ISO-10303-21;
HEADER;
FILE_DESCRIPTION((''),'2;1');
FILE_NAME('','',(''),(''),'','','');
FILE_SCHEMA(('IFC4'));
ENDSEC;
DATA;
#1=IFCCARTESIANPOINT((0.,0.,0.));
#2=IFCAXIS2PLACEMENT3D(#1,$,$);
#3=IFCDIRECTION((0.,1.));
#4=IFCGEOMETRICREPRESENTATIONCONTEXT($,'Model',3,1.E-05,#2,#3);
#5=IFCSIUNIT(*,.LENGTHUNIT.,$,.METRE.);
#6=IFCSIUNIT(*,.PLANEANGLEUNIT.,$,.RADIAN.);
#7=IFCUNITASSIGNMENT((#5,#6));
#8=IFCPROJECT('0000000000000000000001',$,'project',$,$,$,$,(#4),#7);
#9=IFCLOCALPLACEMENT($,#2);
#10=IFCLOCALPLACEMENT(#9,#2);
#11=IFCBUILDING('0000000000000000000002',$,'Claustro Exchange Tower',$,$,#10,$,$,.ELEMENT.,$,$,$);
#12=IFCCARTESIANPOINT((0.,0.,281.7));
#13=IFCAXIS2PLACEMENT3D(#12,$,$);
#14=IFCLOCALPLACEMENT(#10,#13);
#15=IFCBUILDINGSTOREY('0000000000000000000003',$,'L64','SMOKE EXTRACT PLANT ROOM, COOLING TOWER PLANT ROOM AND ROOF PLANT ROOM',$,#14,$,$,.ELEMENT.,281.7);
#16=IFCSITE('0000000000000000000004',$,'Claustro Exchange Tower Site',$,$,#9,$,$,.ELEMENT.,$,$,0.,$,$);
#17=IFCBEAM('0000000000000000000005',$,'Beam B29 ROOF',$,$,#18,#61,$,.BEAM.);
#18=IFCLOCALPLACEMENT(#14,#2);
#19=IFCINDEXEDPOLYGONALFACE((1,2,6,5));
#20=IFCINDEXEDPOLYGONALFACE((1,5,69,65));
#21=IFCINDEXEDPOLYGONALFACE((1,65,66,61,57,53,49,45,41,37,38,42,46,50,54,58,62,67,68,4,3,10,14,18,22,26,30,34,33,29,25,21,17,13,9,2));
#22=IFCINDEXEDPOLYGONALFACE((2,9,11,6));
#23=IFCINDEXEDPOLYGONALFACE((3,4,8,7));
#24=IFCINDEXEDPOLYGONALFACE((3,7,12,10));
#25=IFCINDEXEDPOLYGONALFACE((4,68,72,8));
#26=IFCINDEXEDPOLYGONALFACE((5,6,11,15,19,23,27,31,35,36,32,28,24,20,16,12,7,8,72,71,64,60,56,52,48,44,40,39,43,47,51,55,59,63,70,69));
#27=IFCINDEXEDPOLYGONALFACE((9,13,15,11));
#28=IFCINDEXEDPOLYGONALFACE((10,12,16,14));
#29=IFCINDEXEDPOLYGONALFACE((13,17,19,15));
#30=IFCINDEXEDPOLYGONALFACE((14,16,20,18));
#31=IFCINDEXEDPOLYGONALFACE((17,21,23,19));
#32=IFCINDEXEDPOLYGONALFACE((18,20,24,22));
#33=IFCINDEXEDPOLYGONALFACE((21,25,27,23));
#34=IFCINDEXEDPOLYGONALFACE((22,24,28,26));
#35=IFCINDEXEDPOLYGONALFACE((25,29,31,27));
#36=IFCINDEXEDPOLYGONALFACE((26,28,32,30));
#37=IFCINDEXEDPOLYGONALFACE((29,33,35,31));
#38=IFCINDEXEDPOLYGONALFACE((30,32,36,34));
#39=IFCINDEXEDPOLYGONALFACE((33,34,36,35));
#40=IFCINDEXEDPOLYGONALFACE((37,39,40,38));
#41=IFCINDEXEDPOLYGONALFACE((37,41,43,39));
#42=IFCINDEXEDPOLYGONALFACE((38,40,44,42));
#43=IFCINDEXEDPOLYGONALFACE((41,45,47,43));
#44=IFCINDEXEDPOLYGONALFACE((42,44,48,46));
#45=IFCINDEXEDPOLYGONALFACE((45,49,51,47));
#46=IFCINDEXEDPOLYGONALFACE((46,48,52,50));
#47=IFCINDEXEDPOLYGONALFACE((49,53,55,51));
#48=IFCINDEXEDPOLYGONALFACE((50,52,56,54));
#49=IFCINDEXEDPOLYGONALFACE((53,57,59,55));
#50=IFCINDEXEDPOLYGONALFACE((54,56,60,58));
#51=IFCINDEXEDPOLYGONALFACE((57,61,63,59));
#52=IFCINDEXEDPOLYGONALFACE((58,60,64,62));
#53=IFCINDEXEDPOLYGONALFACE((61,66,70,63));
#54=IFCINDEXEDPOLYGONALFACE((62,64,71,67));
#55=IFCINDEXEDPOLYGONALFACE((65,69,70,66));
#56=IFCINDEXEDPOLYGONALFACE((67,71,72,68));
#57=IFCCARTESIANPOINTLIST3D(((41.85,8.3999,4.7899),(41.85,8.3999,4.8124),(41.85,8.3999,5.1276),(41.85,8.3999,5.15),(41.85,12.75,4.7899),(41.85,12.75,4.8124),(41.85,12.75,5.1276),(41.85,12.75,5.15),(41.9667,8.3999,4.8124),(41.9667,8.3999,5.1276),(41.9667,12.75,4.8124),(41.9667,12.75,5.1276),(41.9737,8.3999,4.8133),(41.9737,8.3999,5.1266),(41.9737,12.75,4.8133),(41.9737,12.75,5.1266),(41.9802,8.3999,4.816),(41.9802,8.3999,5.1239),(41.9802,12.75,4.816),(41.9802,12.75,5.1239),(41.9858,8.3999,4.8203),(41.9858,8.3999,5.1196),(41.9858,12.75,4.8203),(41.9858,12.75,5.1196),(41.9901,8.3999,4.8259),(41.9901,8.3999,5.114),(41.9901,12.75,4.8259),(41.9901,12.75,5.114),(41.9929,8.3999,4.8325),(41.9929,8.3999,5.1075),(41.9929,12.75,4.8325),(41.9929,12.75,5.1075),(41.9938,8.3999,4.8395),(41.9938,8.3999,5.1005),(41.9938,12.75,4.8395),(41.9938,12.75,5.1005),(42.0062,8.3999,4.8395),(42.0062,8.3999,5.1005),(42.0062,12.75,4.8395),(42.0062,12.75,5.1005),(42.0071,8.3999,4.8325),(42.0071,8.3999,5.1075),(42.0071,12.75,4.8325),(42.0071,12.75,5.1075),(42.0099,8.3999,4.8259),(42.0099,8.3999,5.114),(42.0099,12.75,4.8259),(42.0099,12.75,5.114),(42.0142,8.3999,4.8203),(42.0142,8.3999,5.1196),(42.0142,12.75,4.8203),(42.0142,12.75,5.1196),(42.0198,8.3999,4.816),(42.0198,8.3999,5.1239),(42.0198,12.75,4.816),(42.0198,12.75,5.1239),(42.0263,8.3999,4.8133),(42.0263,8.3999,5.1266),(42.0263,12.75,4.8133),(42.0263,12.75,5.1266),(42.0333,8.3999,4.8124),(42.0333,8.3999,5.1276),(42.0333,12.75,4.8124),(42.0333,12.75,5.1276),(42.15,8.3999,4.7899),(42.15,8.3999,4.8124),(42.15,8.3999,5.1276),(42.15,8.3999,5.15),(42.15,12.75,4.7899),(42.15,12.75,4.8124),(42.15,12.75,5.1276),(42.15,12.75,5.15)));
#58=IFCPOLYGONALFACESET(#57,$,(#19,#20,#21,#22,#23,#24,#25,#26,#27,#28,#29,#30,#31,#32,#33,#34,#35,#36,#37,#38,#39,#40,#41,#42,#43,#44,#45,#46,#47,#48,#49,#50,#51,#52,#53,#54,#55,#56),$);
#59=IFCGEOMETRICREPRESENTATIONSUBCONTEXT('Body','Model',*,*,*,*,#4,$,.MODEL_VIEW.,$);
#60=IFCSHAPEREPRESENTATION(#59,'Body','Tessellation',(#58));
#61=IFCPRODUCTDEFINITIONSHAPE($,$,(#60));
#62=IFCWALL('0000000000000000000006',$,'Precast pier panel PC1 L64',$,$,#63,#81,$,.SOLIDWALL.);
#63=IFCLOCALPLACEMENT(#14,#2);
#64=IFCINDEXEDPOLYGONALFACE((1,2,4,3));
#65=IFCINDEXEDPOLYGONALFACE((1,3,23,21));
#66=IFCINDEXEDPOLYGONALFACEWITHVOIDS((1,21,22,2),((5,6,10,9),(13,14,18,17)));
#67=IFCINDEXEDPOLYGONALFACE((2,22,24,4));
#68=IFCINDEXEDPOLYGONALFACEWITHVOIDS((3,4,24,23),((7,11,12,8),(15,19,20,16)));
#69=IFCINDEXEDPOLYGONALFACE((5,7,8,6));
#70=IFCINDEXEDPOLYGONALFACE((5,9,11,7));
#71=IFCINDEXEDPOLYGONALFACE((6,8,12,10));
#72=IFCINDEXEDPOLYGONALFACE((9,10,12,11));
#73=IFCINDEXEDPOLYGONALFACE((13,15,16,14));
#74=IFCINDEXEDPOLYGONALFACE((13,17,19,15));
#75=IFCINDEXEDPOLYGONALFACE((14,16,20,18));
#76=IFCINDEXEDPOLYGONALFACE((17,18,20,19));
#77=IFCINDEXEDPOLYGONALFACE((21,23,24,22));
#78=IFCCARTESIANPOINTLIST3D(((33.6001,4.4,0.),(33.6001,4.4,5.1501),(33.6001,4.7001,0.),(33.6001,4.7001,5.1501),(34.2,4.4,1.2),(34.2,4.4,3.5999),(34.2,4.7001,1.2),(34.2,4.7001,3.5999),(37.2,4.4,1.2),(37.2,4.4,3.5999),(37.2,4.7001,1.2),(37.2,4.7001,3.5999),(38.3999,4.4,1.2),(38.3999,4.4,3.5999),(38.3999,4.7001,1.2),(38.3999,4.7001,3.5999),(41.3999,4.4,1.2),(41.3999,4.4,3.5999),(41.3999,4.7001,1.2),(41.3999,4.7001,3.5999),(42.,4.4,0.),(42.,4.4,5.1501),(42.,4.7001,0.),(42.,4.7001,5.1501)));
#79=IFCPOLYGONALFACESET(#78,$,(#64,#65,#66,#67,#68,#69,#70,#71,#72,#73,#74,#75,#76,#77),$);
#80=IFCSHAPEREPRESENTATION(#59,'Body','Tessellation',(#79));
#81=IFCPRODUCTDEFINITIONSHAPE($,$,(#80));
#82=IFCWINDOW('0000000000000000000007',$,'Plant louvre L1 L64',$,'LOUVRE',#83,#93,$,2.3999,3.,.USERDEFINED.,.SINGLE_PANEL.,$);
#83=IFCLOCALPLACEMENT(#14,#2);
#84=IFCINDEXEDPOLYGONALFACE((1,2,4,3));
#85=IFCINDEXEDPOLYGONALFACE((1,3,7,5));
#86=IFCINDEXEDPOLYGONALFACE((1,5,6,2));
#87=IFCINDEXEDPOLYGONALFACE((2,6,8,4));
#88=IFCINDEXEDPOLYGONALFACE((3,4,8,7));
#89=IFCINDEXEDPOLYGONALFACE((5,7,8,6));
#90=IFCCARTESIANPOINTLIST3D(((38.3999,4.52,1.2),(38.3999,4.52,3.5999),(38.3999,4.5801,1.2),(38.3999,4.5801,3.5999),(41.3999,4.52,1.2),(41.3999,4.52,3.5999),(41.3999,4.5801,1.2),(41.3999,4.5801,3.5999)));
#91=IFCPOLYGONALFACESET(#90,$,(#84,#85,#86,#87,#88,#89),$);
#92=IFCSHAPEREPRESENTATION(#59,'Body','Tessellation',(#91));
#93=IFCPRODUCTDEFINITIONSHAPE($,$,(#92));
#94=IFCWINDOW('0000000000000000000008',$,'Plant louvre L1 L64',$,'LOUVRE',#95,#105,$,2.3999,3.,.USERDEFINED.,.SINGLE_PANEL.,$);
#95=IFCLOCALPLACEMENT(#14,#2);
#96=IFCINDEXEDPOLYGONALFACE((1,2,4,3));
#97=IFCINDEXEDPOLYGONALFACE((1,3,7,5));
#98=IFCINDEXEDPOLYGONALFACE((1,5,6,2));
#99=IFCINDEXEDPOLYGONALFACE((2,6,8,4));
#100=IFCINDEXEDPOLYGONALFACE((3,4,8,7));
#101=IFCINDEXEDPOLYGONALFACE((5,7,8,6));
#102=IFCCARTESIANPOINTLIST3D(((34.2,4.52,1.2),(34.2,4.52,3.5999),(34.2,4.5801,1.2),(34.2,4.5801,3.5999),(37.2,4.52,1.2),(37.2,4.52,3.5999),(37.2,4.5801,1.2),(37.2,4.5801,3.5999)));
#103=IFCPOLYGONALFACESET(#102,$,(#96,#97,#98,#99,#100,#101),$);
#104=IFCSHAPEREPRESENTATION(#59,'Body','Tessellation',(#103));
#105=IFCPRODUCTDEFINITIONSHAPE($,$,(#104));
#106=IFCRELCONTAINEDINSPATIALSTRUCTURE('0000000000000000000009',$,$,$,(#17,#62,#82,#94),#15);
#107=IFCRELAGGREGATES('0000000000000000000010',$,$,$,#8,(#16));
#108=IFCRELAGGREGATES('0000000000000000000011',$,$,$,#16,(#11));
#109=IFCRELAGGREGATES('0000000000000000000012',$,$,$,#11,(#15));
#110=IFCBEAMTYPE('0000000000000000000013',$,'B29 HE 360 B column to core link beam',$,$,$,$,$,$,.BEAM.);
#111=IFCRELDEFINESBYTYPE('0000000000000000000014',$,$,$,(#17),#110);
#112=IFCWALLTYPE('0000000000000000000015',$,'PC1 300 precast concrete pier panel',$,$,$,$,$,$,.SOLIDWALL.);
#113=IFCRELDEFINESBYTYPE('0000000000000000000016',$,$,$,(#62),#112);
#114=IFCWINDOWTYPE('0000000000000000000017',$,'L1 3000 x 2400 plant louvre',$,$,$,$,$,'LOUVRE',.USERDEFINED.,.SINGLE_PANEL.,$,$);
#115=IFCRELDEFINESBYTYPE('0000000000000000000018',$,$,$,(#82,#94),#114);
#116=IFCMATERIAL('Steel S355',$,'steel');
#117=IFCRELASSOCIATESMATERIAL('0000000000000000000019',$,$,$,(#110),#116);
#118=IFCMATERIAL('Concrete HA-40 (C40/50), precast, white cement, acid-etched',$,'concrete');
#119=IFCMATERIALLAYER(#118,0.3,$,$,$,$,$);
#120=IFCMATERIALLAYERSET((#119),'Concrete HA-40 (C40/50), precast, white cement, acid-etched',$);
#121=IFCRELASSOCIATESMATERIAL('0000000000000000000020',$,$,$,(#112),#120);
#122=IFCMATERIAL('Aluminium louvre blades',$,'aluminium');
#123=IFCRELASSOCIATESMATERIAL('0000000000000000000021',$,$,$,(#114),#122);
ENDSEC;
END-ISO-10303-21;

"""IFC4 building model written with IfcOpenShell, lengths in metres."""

from ifc_helpers import new_model, si_unit, direction, frame, frame_2d, origin, origin_2d, place, context, subcontext, project, spatial, rectangle, i_section, extrude, material, layer, layer_set, material_profile, profile_set, type_object, element, fill, save


model = new_model("IFC4")

# Units and contexts
model_context = context("Model", 3, precision=1e-05, world=origin(), true_north=direction((0.0, 1.0)))
body_context = subcontext(model_context, "Body", "Model", "MODEL_VIEW")
ifc_project = project(units=[si_unit("LENGTHUNIT", "METRE"), si_unit("PLANEANGLEUNIT", "RADIAN")], contexts=[model_context])

# Site, building, storey
site_placement = place(None, origin())
site = spatial("IfcSite", under=ifc_project, at=site_placement, Name="Claustro Exchange Tower Site", CompositionType="ELEMENT", RefElevation=0.0)
building_placement = place(site_placement, origin())
building = spatial("IfcBuilding", under=site, at=building_placement, Name="Claustro Exchange Tower", CompositionType="ELEMENT")
storey_placement = place(building_placement, frame((0.0, 0.0, 281.7)))
storey = spatial("IfcBuildingStorey", under=building, at=storey_placement, Name="L64", Description="SMOKE EXTRACT PLANT ROOM, COOLING TOWER PLANT ROOM AND ROOF PLANT ROOM", CompositionType="ELEMENT", Elevation=281.7)

# Beam
ifc_material_1 = material(Name="Steel S355", Category="steel")
ifc_material_profile_1 = material_profile(ifc_material_1, i_section(OverallWidth=0.3, OverallDepth=0.3601, WebThickness=0.0125, FlangeThickness=0.0225, FilletRadius=0.0271, at=origin_2d()), Name="HE 360 B")
ifc_profile_set_1 = profile_set([ifc_material_profile_1], Name="Steel S355")
beam_type_1 = type_object("IfcBeamType", Name="B29 HE 360 B column to core link beam", PredefinedType="BEAM", material=ifc_profile_set_1)
beam_1_placement = place(storey_placement, frame((42.0, 8.3999, 4.97), z_axis=(0.0, 1.0, 0.0), x_axis=(-1.0, 0.0, 0.0)))
element("IfcBeam", 1, at=beam_1_placement, inside=storey, type_object=beam_type_1, Name="Beam B29 ROOF", PredefinedType="BEAM", context=body_context, shape_type="SweptSolid", body=[
    extrude(i_section(OverallWidth=0.3, OverallDepth=0.3601, WebThickness=0.0125, FlangeThickness=0.0225, FilletRadius=0.0271, at=origin_2d()), origin(), (0.0, 0.0, 1.0), 4.3501),
])

# Wall, openings, windows
ifc_material_2 = material(Name="Concrete HA-40 (C40/50), precast, white cement, acid-etched", Category="concrete")
ifc_layer_1 = layer(ifc_material_2, 0.3)
ifc_layer_set_1 = layer_set([ifc_layer_1], Name="Concrete HA-40 (C40/50), precast, white cement, acid-etched")
wall_type_1 = type_object("IfcWallType", Name="PC1 300 precast concrete pier panel", PredefinedType="SOLIDWALL", material=ifc_layer_set_1)
wall_1_placement = place(storey_placement, frame((42.0, 4.55, 0.0), z_axis=(0.0, 0.0, 1.0), x_axis=(-1.0, 0.0, 0.0)))
wall_1 = element("IfcWall", 2, at=wall_1_placement, inside=storey, type_object=wall_type_1, Name="Precast pier panel PC1 L64", PredefinedType="SOLIDWALL", context=body_context, shape_type="SweptSolid", body=[
    extrude(rectangle(XDim=8.3999, YDim=0.3, at=frame_2d((4.2, 0.0))), origin(), (0.0, 0.0, 1.0), 5.1501),
])
opening_1_placement = place(wall_1_placement, frame((0.6001, 0.0, 1.2)))
opening_1 = element("IfcOpeningElement", 3, at=opening_1_placement, cuts=wall_1, PredefinedType="OPENING", context=body_context, shape_type="SweptSolid", body=[
    extrude(rectangle(XDim=3.0, YDim=2.3999, at=frame_2d((1.5, 1.2))), frame((0.0, 0.1599, 0.0), z_axis=(0.0, -1.0, 0.0), x_axis=(1.0, 0.0, 0.0)), (0.0, 0.0, 1.0), 0.3201),
])
opening_2_placement = place(wall_1_placement, frame((4.8, 0.0, 1.2)))
opening_2 = element("IfcOpeningElement", 4, at=opening_2_placement, cuts=wall_1, PredefinedType="OPENING", context=body_context, shape_type="SweptSolid", body=[
    extrude(rectangle(XDim=3.0, YDim=2.3999, at=frame_2d((1.5, 1.2))), frame((0.0, 0.1599, 0.0), z_axis=(0.0, -1.0, 0.0), x_axis=(1.0, 0.0, 0.0)), (0.0, 0.0, 1.0), 0.3201),
])
ifc_material_3 = material(Name="Aluminium louvre blades", Category="aluminium")
window_type = type_object("IfcWindowType", Name="L1 3000 x 2400 plant louvre", ElementType="LOUVRE", PartitioningType="SINGLE_PANEL", PredefinedType="USERDEFINED", material=ifc_material_3)
window_1_placement = place(opening_1_placement, origin())
window_1 = element("IfcWindow", 5, at=window_1_placement, inside=storey, type_object=window_type, Name="Plant louvre L1 L64", ObjectType="LOUVRE", OverallHeight=2.3999, OverallWidth=3.0, PartitioningType="SINGLE_PANEL", PredefinedType="USERDEFINED", context=body_context, shape_type="SweptSolid", body=[
    extrude(rectangle(XDim=3.0, YDim=2.3999, at=frame_2d((1.5, 1.2))), frame((0.0, 0.03, 0.0), z_axis=(0.0, -1.0, 0.0), x_axis=(1.0, 0.0, 0.0)), (0.0, 0.0, 1.0), 0.0601),
])
fill(opening_1, window_1)
window_2_placement = place(opening_2_placement, origin())
window_2 = element("IfcWindow", 6, at=window_2_placement, inside=storey, type_object=window_type, Name="Plant louvre L1 L64", ObjectType="LOUVRE", OverallHeight=2.3999, OverallWidth=3.0, PartitioningType="SINGLE_PANEL", PredefinedType="USERDEFINED", context=body_context, shape_type="SweptSolid", body=[
    extrude(rectangle(XDim=3.0, YDim=2.3999, at=frame_2d((1.5, 1.2))), frame((0.0, 0.03, 0.0), z_axis=(0.0, -1.0, 0.0), x_axis=(1.0, 0.0, 0.0)), (0.0, 0.0, 1.0), 0.0601),
])
fill(opening_2, window_2)

save(model, "model.ifc")
